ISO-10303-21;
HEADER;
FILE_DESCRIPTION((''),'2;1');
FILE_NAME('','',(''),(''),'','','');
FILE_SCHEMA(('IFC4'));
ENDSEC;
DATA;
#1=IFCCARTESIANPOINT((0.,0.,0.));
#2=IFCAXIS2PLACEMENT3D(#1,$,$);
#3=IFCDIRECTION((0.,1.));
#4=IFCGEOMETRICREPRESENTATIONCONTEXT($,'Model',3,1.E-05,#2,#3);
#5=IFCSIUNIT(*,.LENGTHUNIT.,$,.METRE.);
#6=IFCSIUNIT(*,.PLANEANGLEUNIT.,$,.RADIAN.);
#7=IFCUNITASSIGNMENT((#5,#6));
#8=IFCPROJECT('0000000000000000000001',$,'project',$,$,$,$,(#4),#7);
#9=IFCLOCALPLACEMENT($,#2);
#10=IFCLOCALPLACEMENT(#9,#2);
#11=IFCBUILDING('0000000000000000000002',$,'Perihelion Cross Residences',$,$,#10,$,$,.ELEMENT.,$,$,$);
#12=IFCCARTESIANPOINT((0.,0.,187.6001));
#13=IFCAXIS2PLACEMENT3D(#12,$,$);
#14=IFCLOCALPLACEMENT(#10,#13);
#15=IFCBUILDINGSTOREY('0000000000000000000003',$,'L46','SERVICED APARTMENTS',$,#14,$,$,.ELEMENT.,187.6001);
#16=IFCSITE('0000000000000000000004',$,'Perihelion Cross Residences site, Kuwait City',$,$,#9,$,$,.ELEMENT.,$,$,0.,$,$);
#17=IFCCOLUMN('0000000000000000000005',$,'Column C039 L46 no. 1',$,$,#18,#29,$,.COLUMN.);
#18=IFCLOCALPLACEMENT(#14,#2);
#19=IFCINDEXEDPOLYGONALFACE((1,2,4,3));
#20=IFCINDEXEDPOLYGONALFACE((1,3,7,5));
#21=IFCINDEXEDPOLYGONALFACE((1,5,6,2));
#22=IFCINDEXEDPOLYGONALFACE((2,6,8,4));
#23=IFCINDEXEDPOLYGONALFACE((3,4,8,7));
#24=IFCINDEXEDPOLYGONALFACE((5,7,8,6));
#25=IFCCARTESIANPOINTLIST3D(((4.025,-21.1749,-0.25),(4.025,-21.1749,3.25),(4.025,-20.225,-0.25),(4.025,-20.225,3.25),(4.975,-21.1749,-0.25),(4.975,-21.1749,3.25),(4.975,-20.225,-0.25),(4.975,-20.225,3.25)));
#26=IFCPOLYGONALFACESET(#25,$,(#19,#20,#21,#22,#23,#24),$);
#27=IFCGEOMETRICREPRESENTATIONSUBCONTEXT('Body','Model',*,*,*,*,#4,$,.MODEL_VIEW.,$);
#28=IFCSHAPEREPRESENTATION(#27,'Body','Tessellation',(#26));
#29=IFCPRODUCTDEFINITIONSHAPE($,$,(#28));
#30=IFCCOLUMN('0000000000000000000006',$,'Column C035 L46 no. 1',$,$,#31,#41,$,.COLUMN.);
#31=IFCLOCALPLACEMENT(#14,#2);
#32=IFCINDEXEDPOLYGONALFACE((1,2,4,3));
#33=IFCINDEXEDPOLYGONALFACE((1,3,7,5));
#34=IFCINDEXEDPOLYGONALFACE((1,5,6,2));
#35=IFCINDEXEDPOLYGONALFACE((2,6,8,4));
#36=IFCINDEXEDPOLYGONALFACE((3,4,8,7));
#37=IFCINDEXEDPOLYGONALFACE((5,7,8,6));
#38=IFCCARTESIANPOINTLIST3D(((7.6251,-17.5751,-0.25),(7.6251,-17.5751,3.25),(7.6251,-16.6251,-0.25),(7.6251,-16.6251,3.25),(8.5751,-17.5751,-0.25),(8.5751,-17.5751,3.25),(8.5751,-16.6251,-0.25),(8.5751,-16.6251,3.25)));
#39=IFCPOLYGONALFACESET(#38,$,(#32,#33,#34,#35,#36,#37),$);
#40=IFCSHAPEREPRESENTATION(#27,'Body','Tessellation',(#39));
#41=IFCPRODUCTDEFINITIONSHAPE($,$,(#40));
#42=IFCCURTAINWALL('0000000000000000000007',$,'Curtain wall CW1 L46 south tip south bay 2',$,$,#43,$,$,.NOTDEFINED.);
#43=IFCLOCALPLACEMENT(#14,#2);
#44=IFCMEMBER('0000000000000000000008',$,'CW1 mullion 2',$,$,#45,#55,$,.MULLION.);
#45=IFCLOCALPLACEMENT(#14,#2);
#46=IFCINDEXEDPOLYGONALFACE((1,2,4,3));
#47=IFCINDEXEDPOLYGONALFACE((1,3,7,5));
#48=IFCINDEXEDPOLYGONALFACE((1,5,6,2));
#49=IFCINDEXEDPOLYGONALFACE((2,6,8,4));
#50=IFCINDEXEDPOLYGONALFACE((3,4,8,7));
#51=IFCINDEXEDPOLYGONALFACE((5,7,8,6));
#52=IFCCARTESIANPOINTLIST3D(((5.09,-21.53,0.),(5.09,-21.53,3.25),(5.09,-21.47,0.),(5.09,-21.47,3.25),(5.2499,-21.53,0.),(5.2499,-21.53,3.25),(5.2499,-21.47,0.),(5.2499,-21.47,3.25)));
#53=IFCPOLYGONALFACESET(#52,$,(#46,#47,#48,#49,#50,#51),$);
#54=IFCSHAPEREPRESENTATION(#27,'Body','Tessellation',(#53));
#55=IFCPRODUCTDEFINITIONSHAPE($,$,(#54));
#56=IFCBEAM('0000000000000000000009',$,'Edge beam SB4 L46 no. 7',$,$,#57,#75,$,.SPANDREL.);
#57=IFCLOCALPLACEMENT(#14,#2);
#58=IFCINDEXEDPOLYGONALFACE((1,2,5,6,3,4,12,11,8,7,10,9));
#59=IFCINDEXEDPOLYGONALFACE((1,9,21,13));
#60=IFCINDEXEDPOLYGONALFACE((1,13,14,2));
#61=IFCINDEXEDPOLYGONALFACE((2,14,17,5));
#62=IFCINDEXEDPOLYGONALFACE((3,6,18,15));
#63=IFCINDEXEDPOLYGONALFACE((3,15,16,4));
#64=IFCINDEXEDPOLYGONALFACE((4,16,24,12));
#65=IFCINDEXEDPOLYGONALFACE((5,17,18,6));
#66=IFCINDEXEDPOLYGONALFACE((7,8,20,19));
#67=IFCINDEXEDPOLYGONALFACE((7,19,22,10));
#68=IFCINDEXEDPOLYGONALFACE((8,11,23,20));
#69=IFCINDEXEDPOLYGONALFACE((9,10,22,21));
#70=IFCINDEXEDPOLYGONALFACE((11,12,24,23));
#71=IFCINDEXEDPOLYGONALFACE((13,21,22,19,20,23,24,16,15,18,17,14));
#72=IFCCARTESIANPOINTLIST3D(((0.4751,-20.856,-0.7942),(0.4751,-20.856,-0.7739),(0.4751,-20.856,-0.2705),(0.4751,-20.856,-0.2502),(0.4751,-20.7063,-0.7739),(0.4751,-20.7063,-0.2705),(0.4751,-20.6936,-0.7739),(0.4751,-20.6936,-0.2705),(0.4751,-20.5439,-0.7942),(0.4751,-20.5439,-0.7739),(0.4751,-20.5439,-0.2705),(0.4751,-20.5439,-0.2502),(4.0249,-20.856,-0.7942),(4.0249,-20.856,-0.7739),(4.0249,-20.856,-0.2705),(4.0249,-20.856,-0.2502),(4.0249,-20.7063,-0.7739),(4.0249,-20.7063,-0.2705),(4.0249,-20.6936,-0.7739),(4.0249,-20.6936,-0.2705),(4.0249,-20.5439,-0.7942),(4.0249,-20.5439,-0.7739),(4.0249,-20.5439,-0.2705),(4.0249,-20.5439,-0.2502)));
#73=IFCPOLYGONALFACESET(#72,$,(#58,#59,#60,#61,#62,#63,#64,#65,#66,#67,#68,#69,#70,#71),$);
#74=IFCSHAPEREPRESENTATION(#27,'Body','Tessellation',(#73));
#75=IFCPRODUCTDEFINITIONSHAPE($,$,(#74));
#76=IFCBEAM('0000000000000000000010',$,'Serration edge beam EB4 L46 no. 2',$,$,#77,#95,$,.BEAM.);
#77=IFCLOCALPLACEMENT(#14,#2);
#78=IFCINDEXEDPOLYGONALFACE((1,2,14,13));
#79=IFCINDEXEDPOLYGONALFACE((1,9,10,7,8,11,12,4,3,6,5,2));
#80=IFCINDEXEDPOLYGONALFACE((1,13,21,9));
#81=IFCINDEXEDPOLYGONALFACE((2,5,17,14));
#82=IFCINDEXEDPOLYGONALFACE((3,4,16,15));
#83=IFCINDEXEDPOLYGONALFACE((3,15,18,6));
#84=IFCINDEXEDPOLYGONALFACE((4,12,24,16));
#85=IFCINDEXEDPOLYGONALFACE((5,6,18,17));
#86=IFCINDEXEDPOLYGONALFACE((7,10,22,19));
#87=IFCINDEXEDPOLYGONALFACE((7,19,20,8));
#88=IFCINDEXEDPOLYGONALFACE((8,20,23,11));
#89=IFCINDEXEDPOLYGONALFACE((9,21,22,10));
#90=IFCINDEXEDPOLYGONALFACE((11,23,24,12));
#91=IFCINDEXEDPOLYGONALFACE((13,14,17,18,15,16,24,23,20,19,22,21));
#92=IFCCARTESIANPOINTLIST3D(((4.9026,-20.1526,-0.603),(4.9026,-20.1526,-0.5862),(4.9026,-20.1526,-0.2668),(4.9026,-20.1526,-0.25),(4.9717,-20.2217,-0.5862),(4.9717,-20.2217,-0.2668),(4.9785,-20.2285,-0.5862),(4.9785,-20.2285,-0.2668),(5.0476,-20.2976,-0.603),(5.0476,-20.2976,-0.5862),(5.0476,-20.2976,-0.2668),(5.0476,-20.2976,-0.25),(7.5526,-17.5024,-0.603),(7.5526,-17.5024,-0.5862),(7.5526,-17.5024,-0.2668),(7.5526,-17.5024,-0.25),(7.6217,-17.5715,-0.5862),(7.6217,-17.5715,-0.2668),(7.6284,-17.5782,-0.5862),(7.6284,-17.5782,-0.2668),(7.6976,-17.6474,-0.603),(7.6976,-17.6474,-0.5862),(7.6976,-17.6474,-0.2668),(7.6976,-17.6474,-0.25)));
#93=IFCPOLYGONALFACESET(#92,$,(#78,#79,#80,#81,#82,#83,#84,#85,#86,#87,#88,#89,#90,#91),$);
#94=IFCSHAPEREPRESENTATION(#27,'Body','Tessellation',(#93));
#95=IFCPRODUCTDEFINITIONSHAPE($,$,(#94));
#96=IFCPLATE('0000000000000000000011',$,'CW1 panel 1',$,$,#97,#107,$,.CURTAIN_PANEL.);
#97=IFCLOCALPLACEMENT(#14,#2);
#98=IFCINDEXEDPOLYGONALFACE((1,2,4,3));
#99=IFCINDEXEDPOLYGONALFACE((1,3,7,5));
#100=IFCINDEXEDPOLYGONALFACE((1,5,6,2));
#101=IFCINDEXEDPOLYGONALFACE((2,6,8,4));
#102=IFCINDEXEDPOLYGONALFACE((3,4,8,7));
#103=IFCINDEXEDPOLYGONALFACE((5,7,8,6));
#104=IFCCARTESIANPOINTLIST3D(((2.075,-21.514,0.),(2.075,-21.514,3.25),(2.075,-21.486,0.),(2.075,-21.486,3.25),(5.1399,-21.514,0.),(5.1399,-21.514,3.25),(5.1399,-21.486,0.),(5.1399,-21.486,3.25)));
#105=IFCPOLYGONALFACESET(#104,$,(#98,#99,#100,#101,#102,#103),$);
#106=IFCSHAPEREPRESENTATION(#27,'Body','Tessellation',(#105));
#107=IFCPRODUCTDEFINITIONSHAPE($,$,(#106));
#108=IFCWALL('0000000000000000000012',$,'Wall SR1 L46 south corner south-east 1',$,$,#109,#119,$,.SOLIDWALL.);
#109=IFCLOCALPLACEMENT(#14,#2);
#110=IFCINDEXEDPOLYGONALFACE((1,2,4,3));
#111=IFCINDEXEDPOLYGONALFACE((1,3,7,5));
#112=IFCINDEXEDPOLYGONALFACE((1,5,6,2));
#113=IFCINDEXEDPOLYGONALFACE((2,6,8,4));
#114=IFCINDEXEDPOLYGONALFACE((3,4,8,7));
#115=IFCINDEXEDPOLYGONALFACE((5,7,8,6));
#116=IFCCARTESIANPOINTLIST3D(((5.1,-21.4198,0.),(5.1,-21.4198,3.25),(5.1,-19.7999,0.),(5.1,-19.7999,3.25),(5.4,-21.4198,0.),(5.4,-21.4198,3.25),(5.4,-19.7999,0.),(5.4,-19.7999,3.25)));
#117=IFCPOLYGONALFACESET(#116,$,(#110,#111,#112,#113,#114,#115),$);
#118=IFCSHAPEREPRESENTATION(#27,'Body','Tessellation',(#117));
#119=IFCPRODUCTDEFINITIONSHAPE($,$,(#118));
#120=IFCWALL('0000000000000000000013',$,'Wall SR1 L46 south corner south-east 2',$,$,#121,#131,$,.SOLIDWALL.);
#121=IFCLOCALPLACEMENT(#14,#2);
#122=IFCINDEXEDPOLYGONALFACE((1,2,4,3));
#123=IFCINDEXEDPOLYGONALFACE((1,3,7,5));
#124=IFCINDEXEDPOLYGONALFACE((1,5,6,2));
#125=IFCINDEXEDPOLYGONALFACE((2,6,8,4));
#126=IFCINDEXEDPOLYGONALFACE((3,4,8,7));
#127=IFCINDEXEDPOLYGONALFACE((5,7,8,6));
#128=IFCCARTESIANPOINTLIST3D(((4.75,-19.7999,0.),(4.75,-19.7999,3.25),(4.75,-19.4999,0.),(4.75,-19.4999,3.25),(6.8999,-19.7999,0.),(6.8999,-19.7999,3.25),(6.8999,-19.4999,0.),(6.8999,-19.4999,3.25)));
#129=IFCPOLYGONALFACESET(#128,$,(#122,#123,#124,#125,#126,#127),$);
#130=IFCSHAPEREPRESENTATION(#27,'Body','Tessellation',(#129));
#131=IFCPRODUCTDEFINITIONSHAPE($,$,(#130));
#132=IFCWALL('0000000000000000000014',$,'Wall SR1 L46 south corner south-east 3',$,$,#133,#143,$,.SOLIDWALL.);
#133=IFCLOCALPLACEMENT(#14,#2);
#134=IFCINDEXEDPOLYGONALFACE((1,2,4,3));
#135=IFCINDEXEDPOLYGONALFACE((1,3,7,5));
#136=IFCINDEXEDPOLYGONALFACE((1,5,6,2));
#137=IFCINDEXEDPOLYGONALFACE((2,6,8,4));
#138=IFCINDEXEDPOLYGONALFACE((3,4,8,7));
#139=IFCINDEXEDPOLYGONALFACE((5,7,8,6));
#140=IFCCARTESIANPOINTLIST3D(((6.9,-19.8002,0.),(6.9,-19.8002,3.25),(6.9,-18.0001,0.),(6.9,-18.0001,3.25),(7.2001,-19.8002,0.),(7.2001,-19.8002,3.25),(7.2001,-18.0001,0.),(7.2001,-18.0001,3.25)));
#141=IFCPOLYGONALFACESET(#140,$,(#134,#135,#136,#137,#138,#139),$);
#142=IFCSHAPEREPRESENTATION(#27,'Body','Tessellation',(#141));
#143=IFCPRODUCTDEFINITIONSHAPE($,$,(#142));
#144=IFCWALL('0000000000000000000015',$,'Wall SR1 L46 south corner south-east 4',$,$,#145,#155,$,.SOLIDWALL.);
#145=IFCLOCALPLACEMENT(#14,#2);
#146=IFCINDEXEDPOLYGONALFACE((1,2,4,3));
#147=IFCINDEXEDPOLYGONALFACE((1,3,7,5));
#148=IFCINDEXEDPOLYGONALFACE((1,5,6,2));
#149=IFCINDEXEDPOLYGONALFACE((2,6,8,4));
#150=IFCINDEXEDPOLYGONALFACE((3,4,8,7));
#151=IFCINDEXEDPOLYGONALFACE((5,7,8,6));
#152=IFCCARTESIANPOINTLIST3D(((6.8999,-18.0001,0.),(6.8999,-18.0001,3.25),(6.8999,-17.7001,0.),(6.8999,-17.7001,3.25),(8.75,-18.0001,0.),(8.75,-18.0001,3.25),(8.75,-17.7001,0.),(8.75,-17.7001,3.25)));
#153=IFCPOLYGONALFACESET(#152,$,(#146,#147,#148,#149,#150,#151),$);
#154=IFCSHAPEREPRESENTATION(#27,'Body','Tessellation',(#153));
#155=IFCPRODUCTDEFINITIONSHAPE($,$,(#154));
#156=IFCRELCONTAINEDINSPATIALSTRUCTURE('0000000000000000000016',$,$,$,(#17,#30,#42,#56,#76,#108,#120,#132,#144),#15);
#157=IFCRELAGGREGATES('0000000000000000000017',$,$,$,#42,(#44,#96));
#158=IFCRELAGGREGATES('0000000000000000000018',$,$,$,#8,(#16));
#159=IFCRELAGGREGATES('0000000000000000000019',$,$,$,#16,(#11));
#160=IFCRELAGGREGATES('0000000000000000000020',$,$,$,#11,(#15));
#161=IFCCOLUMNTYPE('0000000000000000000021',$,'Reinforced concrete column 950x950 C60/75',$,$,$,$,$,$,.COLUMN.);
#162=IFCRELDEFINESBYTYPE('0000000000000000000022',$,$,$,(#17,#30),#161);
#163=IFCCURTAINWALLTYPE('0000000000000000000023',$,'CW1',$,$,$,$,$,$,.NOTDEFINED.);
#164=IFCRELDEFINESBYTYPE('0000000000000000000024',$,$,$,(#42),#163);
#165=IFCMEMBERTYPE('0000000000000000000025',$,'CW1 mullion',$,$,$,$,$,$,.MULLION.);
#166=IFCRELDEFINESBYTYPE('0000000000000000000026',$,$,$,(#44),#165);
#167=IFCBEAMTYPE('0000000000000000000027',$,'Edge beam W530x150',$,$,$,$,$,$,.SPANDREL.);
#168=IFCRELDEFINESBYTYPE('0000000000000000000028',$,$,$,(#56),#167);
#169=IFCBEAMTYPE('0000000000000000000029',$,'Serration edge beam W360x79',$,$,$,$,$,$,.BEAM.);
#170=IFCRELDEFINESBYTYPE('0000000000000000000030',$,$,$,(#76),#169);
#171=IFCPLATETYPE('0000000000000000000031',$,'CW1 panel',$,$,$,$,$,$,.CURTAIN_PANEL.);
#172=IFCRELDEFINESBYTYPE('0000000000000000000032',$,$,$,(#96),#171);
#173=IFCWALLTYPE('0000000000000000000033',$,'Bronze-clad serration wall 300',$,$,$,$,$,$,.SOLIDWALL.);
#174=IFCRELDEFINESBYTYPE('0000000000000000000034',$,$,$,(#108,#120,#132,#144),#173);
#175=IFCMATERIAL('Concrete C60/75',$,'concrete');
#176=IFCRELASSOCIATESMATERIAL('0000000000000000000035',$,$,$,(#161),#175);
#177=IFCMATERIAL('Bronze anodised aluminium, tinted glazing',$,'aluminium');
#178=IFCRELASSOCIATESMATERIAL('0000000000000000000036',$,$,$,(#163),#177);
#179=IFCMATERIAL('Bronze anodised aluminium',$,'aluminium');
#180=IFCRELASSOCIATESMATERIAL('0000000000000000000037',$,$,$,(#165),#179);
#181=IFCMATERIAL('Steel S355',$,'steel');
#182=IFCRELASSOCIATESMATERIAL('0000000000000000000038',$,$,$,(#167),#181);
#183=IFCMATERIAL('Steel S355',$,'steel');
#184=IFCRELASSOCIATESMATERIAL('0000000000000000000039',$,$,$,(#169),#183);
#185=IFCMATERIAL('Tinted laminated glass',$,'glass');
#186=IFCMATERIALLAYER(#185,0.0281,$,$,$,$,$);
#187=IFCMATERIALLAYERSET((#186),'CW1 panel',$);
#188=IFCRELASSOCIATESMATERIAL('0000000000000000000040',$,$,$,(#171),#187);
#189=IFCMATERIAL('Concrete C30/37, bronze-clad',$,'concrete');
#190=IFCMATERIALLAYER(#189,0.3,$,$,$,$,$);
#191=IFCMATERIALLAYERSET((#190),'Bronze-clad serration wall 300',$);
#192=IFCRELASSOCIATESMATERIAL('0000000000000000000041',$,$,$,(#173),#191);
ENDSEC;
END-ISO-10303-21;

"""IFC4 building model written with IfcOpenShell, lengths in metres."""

from ifc_helpers import new_model, si_unit, direction, frame, frame_2d, origin, origin_2d, place, context, subcontext, project, spatial, rectangle, i_section, extrude, material, layer, layer_set, material_profile, profile_set, type_object, element, aggregate, save


model = new_model("IFC4")

# Units and contexts
model_context = context("Model", 3, precision=1e-05, world=origin(), true_north=direction((0.0, 1.0)))
body_context = subcontext(model_context, "Body", "Model", "MODEL_VIEW")
ifc_project = project(units=[si_unit("LENGTHUNIT", "METRE"), si_unit("PLANEANGLEUNIT", "RADIAN")], contexts=[model_context])

# Site, building, storey
site_placement = place(None, origin())
site = spatial("IfcSite", under=ifc_project, at=site_placement, Name="Perihelion Cross Residences site, Kuwait City", CompositionType="ELEMENT", RefElevation=0.0)
building_placement = place(site_placement, origin())
building = spatial("IfcBuilding", under=site, at=building_placement, Name="Perihelion Cross Residences", CompositionType="ELEMENT")
storey_placement = place(building_placement, frame((0.0, 0.0, 187.6001)))
storey = spatial("IfcBuildingStorey", under=building, at=storey_placement, Name="L46", Description="SERVICED APARTMENTS", CompositionType="ELEMENT", Elevation=187.6001)

# Columns
ifc_material_1 = material(Name="Concrete C60/75", Category="concrete")
ifc_material_profile_1 = material_profile(ifc_material_1, rectangle(XDim=0.95, YDim=0.95, at=origin_2d()), Name="RC 950x950")
ifc_profile_set_1 = profile_set([ifc_material_profile_1], Name="Concrete C60/75")
column_type = type_object("IfcColumnType", Name="Reinforced concrete column 950x950 C60/75", PredefinedType="COLUMN", material=ifc_profile_set_1)
for number, where, z_axis, x_axis, name in (
    (1, (4.5, -20.7, -0.25), (0.0, 0.0, 1.0), (1.0, 0.0, 0.0), "Column C039 L46 no. 1"),
    (2, (8.1001, -17.1001, -0.25), (0.0, 0.0, 1.0), (1.0, 0.0, 0.0), "Column C035 L46 no. 1"),
):
    element("IfcColumn", number, at=place(storey_placement, frame(where, z_axis=z_axis, x_axis=x_axis)), inside=storey, type_object=column_type, Name=name, PredefinedType="COLUMN", context=body_context, shape_type="SweptSolid", body=[
        extrude(rectangle(XDim=0.95, YDim=0.95, at=origin_2d()), origin(), (0.0, 0.0, 1.0), 3.5),
    ])

# Curtain wall, member
ifc_material_2 = material(Name="Bronze anodised aluminium, tinted glazing", Category="aluminium")
curtain_wall_type = type_object("IfcCurtainWallType", Name="CW1", PredefinedType="NOTDEFINED", material=ifc_material_2)
curtain_wall_placement = place(storey_placement, origin())
curtain_wall = element("IfcCurtainWall", 3, at=curtain_wall_placement, inside=storey, type_object=curtain_wall_type, Name="Curtain wall CW1 L46 south tip south bay 2", PredefinedType="NOTDEFINED")
ifc_material_3 = material(Name="Bronze anodised aluminium", Category="aluminium")
ifc_material_profile_2 = material_profile(ifc_material_3, rectangle(XDim=0.0601, YDim=0.1599, at=origin_2d()), Name="CW1 mullion")
ifc_profile_set_2 = profile_set([ifc_material_profile_2], Name="Bronze anodised aluminium")
member_type = type_object("IfcMemberType", Name="CW1 mullion", PredefinedType="MULLION", material=ifc_profile_set_2)
member_placement = place(storey_placement, frame((5.1699, -21.5, 0.0), z_axis=(0.0, 0.0, 1.0), x_axis=(0.0, 1.0, 0.0)))
member = element("IfcMember", 4, at=member_placement, type_object=member_type, Name="CW1 mullion 2", PredefinedType="MULLION", context=body_context, shape_type="SweptSolid", body=[
    extrude(rectangle(XDim=0.0601, YDim=0.1599, at=origin_2d()), origin(), (0.0, 0.0, 1.0), 3.25),
])

# Beams
ifc_material_4 = material(Name="Steel S355", Category="steel")
ifc_material_profile_3 = material_profile(ifc_material_4, i_section(OverallWidth=0.312, OverallDepth=0.5439, WebThickness=0.0127, FlangeThickness=0.0203, at=origin_2d()), Name="W530x150")
ifc_profile_set_3 = profile_set([ifc_material_profile_3], Name="Steel S355")
beam_type_1 = type_object("IfcBeamType", Name="Edge beam W530x150", PredefinedType="SPANDREL", material=ifc_profile_set_3)
beam_1_placement = place(storey_placement, frame((0.4751, -20.7, -0.5222), z_axis=(1.0, 0.0, 0.0), x_axis=(0.0, 1.0, 0.0)))
element("IfcBeam", 5, at=beam_1_placement, inside=storey, type_object=beam_type_1, Name="Edge beam SB4 L46 no. 7", PredefinedType="SPANDREL", context=body_context, shape_type="SweptSolid", body=[
    extrude(i_section(OverallWidth=0.312, OverallDepth=0.5439, WebThickness=0.0127, FlangeThickness=0.0203, at=origin_2d()), origin(), (0.0, 0.0, 1.0), 3.5498),
])
ifc_material_5 = material(Name="Steel S355", Category="steel")
ifc_material_profile_4 = material_profile(ifc_material_5, i_section(OverallWidth=0.2051, OverallDepth=0.353, WebThickness=0.0095, FlangeThickness=0.0168, at=origin_2d()), Name="W360x79")
ifc_profile_set_4 = profile_set([ifc_material_profile_4], Name="Steel S355")
beam_type_2 = type_object("IfcBeamType", Name="Serration edge beam W360x79", PredefinedType="BEAM", material=ifc_profile_set_4)
beam_2_placement = place(storey_placement, frame((4.9751, -20.2251, -0.4265), z_axis=(0.707074, 0.707139, 0.0), x_axis=(-0.707139, 0.707074, 0.0)))
element("IfcBeam", 6, at=beam_2_placement, inside=storey, type_object=beam_type_2, Name="Serration edge beam EB4 L46 no. 2", PredefinedType="BEAM", context=body_context, shape_type="SweptSolid", body=[
    extrude(i_section(OverallWidth=0.2051, OverallDepth=0.353, WebThickness=0.0095, FlangeThickness=0.0168, at=origin_2d()), origin(), (0.0, 0.0, 1.0), 3.7478),
])

# Plate
ifc_material_6 = material(Name="Tinted laminated glass", Category="glass")
ifc_layer_1 = layer(ifc_material_6, 0.0281)
ifc_layer_set_1 = layer_set([ifc_layer_1], Name="CW1 panel")
plate_type = type_object("IfcPlateType", Name="CW1 panel", PredefinedType="CURTAIN_PANEL", material=ifc_layer_set_1)
plate_placement = place(storey_placement, frame((3.6074, -21.5, 0.0), z_axis=(0.0, 0.0, 1.0), x_axis=(1.0, 0.0, 0.0)))
plate = element("IfcPlate", 7, at=plate_placement, type_object=plate_type, Name="CW1 panel 1", PredefinedType="CURTAIN_PANEL", context=body_context, shape_type="SweptSolid", body=[
    extrude(rectangle(XDim=3.0649, YDim=0.0281, at=origin_2d()), origin(), (0.0, 0.0, 1.0), 3.25),
])
aggregate(curtain_wall, [member, plate])

# Walls
ifc_material_7 = material(Name="Concrete C30/37, bronze-clad", Category="concrete")
ifc_layer_2 = layer(ifc_material_7, 0.3)
ifc_layer_set_2 = layer_set([ifc_layer_2], Name="Bronze-clad serration wall 300")
wall_type_1 = type_object("IfcWallType", Name="Bronze-clad serration wall 300", PredefinedType="SOLIDWALL", material=ifc_layer_set_2)
wall_1_placement = place(storey_placement, frame((5.25, -21.4199, 0.0), z_axis=(0.0, 0.0, 1.0), x_axis=(0.0, 1.0, 0.0)))
element("IfcWall", 8, at=wall_1_placement, inside=storey, type_object=wall_type_1, Name="Wall SR1 L46 south corner south-east 1", PredefinedType="SOLIDWALL", context=body_context, shape_type="SweptSolid", body=[
    extrude(rectangle(XDim=1.6199, YDim=0.3, at=frame_2d((0.8101, 0.0))), origin(), (0.0, 0.0, 1.0), 3.25),
])
wall_2_placement = place(storey_placement, frame((4.75, -19.6499, 0.0), z_axis=(0.0, 0.0, 1.0), x_axis=(1.0, 0.0, 0.0)))
element("IfcWall", 9, at=wall_2_placement, inside=storey, type_object=wall_type_1, Name="Wall SR1 L46 south corner south-east 2", PredefinedType="SOLIDWALL", context=body_context, shape_type="SweptSolid", body=[
    extrude(rectangle(XDim=2.1499, YDim=0.3, at=frame_2d((1.075, 0.0))), origin(), (0.0, 0.0, 1.0), 3.25),
])
wall_3_placement = place(storey_placement, frame((7.05, -19.8, 0.0), z_axis=(0.0, 0.0, 1.0), x_axis=(0.0, 1.0, 0.0)))
element("IfcWall", 10, at=wall_3_placement, inside=storey, type_object=wall_type_1, Name="Wall SR1 L46 south corner south-east 3", PredefinedType="SOLIDWALL", context=body_context, shape_type="SweptSolid", body=[
    extrude(rectangle(XDim=1.8, YDim=0.3, at=frame_2d((0.8999, 0.0))), origin(), (0.0, 0.0, 1.0), 3.25),
])
wall_4_placement = place(storey_placement, frame((6.8999, -17.8501, 0.0), z_axis=(0.0, 0.0, 1.0), x_axis=(1.0, 0.0, 0.0)))
element("IfcWall", 11, at=wall_4_placement, inside=storey, type_object=wall_type_1, Name="Wall SR1 L46 south corner south-east 4", PredefinedType="SOLIDWALL", context=body_context, shape_type="SweptSolid", body=[
    extrude(rectangle(XDim=1.8501, YDim=0.3, at=frame_2d((0.925, 0.0))), origin(), (0.0, 0.0, 1.0), 3.25),
])

save(model, "model.ifc")
